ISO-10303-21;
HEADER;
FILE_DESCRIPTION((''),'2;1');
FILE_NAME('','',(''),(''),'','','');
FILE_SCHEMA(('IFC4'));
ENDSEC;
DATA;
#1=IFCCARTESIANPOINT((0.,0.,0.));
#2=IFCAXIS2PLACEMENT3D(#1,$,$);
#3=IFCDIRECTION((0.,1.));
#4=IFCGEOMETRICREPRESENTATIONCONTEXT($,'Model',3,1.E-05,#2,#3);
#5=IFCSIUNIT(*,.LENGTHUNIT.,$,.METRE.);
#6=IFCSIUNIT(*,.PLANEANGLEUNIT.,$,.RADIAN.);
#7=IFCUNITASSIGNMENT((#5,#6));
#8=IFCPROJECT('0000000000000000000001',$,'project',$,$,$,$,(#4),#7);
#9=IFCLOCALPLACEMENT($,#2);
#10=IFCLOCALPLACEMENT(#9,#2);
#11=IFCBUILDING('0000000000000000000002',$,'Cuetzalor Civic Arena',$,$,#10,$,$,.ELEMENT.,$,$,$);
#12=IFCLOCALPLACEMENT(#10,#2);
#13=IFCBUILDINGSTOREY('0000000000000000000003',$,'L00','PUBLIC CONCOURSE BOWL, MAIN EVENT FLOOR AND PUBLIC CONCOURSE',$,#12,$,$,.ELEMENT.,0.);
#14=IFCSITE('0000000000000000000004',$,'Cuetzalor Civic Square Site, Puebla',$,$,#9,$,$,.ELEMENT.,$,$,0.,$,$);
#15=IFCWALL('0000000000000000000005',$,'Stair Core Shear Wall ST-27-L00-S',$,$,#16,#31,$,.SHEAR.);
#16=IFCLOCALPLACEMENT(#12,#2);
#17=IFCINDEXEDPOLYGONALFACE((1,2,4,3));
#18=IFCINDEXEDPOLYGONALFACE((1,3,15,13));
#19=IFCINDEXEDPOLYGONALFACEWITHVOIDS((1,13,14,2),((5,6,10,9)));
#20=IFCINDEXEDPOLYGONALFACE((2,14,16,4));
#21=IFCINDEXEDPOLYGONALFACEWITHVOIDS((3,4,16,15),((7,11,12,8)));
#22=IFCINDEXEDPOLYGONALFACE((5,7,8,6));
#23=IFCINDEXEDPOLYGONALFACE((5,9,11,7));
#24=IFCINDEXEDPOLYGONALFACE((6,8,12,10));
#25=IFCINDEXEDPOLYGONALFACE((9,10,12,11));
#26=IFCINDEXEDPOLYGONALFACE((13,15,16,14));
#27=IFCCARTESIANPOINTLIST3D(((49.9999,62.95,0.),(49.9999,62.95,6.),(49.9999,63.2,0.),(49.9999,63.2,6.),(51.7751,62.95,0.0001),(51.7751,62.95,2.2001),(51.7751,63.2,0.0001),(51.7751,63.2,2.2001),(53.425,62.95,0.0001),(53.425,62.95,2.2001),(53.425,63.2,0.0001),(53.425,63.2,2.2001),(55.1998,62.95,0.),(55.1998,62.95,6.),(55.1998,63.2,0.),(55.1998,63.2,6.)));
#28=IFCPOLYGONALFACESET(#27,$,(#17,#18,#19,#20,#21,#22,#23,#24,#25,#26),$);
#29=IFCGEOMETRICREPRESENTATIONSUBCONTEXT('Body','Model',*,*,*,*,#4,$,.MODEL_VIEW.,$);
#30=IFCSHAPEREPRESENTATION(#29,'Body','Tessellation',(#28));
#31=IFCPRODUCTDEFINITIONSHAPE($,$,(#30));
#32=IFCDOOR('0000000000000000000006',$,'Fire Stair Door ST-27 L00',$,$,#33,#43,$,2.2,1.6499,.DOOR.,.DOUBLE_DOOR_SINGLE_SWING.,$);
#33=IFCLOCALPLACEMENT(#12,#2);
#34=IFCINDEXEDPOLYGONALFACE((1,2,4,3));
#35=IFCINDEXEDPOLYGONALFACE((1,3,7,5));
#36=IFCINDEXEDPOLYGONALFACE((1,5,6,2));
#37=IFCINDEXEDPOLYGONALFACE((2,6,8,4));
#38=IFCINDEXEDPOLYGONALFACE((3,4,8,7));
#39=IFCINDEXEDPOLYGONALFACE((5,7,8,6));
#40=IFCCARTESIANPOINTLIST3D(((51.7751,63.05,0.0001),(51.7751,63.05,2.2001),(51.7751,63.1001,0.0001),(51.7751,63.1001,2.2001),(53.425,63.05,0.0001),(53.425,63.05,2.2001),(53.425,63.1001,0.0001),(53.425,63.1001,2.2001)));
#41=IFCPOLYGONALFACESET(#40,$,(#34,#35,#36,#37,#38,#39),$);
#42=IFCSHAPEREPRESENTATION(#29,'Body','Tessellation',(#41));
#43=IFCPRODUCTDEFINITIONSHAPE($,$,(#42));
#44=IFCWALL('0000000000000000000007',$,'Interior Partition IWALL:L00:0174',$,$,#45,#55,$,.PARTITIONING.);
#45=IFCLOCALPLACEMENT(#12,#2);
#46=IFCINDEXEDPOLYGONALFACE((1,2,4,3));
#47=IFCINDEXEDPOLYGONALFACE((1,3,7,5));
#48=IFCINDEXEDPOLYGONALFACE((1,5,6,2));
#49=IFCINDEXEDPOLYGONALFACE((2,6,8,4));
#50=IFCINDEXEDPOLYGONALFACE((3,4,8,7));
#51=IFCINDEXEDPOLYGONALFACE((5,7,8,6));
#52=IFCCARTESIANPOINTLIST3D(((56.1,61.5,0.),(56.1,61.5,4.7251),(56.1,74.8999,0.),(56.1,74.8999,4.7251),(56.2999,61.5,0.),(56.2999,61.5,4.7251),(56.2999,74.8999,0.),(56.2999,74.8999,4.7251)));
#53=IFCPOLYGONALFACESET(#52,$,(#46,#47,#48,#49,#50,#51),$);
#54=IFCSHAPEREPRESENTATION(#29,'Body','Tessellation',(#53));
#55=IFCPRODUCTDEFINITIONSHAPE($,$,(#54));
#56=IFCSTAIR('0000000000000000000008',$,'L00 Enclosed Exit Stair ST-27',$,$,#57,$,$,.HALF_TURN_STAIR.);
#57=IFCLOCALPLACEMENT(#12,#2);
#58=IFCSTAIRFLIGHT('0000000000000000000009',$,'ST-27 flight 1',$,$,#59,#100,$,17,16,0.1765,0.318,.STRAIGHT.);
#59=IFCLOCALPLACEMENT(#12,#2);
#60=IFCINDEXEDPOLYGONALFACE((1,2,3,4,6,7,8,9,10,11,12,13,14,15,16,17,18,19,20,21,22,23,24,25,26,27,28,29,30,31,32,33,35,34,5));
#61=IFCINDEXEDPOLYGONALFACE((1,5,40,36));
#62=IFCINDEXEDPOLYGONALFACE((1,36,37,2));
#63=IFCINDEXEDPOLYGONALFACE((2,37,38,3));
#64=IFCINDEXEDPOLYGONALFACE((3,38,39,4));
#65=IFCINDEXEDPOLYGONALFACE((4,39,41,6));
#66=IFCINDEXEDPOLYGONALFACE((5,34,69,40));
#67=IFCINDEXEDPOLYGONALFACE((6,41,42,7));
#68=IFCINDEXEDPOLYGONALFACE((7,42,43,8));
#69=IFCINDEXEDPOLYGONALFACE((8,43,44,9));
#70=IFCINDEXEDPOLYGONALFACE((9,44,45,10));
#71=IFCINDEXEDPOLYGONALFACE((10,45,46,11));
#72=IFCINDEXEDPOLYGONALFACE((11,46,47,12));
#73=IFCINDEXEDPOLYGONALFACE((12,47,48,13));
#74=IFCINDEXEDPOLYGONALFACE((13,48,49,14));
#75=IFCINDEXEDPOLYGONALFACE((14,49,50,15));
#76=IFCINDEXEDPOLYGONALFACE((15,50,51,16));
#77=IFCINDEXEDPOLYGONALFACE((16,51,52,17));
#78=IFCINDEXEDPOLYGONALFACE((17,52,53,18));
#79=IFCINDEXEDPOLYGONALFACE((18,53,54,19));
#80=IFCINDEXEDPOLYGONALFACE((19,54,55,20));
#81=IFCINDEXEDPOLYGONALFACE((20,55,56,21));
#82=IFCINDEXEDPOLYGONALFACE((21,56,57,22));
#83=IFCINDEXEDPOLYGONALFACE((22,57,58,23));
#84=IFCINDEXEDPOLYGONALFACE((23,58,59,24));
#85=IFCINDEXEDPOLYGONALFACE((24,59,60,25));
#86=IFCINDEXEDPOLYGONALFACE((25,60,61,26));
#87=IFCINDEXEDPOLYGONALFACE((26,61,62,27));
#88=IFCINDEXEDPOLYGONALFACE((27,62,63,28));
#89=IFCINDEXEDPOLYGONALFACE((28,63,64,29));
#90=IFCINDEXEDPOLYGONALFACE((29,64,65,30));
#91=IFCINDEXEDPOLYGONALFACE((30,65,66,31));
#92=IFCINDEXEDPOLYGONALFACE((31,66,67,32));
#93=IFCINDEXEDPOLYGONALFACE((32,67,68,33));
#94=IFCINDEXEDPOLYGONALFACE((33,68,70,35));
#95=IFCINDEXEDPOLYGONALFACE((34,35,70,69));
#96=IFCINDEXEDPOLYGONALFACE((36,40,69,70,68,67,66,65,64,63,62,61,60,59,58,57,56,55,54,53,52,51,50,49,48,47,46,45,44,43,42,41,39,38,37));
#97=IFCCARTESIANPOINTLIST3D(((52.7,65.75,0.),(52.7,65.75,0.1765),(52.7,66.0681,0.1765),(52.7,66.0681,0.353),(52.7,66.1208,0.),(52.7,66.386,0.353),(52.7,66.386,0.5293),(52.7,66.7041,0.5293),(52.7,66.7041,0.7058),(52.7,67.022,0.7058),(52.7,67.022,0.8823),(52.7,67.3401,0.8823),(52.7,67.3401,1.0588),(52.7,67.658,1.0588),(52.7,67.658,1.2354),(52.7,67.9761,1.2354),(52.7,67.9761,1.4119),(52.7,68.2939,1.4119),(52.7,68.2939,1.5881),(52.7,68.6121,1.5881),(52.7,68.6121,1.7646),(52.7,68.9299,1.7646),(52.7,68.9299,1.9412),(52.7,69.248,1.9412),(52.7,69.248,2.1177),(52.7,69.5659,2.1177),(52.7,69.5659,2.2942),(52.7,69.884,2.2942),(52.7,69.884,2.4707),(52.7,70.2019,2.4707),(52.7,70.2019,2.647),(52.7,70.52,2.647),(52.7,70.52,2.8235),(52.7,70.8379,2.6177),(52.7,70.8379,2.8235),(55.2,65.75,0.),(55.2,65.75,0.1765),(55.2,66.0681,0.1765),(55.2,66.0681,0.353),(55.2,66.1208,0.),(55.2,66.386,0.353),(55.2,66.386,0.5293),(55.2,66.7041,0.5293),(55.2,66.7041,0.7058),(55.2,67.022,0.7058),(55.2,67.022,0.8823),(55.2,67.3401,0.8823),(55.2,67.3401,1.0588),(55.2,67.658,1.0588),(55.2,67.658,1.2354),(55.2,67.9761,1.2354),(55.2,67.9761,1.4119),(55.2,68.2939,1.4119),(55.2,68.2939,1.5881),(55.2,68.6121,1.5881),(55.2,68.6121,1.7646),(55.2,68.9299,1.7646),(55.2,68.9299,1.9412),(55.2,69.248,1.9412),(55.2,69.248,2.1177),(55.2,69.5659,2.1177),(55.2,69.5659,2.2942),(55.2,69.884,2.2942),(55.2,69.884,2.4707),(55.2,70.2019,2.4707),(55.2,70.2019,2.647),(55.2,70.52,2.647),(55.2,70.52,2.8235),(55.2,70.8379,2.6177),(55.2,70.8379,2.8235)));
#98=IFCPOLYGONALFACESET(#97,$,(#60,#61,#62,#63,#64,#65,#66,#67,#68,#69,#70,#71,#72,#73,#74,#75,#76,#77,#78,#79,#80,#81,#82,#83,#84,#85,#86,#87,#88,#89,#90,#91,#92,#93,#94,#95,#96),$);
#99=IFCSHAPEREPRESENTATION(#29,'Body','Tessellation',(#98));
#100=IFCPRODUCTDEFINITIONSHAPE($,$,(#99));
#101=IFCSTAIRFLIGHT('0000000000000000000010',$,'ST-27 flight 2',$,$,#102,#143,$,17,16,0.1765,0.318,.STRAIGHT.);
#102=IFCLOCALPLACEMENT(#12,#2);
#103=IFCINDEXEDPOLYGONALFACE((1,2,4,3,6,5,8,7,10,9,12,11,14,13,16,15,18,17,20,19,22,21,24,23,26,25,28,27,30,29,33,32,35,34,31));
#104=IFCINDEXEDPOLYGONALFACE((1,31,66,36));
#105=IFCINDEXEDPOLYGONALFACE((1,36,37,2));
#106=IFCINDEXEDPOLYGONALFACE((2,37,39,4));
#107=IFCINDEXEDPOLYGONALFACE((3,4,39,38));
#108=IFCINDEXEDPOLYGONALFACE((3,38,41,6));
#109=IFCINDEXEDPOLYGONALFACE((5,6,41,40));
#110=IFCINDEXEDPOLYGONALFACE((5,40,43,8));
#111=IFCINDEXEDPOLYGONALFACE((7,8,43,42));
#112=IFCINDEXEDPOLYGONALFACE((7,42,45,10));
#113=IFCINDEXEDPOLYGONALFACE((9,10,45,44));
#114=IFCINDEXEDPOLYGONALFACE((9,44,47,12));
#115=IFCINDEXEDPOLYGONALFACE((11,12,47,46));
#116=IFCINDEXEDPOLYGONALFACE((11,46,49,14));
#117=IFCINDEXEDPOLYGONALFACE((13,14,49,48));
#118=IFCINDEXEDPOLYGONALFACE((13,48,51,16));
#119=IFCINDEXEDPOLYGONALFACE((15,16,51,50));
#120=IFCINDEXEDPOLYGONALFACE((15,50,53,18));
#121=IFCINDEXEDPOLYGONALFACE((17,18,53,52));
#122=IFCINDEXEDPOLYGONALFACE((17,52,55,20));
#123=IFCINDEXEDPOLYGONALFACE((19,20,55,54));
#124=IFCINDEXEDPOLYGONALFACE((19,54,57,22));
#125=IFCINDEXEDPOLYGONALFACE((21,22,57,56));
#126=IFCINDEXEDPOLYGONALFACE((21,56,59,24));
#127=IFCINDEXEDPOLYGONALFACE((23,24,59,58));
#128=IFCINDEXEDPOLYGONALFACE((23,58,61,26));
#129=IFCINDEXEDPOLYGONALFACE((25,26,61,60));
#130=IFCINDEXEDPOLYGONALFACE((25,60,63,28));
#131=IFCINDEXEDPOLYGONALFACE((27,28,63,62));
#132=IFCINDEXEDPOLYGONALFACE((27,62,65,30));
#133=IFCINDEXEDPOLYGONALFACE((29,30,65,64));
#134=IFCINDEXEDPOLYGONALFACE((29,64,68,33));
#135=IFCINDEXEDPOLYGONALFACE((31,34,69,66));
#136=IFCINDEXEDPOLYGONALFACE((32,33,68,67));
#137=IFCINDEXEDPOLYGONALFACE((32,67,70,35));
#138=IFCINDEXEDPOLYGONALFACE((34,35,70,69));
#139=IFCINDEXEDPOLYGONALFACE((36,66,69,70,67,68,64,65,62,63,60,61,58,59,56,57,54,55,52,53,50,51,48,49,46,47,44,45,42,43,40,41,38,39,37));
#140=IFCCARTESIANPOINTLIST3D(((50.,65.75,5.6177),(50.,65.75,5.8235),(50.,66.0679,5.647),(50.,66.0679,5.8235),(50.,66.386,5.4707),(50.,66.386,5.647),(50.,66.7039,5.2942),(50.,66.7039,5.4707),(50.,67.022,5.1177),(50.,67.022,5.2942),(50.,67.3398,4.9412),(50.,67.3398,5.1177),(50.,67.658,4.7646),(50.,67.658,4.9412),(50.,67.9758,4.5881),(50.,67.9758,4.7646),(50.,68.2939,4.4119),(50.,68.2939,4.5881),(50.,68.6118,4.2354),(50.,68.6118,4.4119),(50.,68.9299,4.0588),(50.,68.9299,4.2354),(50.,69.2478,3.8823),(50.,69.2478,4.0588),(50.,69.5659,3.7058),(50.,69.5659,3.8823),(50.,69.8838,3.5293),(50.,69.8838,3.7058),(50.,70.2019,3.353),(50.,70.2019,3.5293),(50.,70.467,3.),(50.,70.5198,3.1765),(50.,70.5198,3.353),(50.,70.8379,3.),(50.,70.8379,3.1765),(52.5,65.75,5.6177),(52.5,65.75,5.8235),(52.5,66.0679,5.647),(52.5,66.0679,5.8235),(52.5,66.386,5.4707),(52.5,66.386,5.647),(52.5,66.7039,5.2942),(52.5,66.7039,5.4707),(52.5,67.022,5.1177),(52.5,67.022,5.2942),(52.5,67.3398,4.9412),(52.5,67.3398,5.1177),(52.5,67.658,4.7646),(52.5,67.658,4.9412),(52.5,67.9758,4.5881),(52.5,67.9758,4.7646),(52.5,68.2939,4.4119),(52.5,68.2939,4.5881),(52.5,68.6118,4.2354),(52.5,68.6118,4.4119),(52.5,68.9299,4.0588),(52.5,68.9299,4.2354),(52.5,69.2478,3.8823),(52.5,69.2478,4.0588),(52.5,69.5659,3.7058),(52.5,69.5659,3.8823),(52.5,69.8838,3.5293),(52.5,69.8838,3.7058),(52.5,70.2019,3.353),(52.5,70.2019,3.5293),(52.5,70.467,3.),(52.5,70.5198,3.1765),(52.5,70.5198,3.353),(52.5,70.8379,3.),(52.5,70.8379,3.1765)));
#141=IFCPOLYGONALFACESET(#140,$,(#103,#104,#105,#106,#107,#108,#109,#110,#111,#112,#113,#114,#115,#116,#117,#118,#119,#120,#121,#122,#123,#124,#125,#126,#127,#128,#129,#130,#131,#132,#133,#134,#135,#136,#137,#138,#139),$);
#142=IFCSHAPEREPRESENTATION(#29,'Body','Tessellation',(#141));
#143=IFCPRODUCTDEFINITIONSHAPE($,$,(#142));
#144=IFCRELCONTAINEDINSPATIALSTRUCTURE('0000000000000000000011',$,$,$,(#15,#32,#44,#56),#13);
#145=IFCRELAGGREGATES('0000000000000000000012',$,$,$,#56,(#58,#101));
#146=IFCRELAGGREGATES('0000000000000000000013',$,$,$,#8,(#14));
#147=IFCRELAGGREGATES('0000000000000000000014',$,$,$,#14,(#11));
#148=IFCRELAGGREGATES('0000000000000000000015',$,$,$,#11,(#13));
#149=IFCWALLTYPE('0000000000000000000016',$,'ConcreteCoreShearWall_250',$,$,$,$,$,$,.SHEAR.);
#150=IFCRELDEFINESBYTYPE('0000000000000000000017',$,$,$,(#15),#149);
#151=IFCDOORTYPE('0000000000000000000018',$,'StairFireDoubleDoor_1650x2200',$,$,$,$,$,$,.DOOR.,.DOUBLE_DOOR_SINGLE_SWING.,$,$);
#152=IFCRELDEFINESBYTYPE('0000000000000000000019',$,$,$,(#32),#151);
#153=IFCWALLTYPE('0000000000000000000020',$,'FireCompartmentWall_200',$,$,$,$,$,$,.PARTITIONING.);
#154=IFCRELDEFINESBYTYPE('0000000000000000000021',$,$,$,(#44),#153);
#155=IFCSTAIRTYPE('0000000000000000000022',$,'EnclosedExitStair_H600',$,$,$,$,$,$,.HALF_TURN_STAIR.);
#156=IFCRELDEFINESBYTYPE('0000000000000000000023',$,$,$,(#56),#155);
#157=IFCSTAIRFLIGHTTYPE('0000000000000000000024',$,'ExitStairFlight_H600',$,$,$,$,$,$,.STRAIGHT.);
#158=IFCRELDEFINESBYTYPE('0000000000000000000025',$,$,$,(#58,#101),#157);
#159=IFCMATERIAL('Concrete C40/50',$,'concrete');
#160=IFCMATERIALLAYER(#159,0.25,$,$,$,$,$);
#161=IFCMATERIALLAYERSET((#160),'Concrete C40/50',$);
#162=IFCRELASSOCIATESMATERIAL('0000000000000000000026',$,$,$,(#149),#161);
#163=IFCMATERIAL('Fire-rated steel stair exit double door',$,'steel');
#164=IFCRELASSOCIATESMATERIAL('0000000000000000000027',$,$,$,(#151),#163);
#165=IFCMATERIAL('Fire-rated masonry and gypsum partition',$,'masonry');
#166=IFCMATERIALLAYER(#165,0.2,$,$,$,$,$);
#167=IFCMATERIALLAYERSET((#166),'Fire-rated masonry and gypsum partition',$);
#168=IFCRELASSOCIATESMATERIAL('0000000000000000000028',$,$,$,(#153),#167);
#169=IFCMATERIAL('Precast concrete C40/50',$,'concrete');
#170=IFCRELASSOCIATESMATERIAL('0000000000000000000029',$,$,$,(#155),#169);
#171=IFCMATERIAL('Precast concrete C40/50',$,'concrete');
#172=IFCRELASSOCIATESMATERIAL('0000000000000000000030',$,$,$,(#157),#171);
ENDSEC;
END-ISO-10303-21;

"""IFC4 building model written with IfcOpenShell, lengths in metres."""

from ifc_helpers import new_model, si_unit, direction, frame, frame_2d, origin, place, context, subcontext, project, spatial, polyline, rectangle, outline, extrude, material, layer, layer_set, type_object, element, fill, aggregate, save


model = new_model("IFC4")

# Units and contexts
model_context = context("Model", 3, precision=1e-05, world=origin(), true_north=direction((0.0, 1.0)))
body_context = subcontext(model_context, "Body", "Model", "MODEL_VIEW")
ifc_project = project(units=[si_unit("LENGTHUNIT", "METRE"), si_unit("PLANEANGLEUNIT", "RADIAN")], contexts=[model_context])

# Site, building, storey
site_placement = place(None, origin())
site = spatial("IfcSite", under=ifc_project, at=site_placement, Name="Cuetzalor Civic Square Site, Puebla", CompositionType="ELEMENT", RefElevation=0.0)
building_placement = place(site_placement, origin())
building = spatial("IfcBuilding", under=site, at=building_placement, Name="Cuetzalor Civic Arena", CompositionType="ELEMENT")
storey_placement = place(building_placement, origin())
storey = spatial("IfcBuildingStorey", under=building, at=storey_placement, Name="L00", Description="PUBLIC CONCOURSE BOWL, MAIN EVENT FLOOR AND PUBLIC CONCOURSE", CompositionType="ELEMENT", Elevation=0.0)

# Shared definitions
ifc_material_1 = material(Name="Concrete C40/50", Category="concrete")
ifc_layer_1 = layer(ifc_material_1, 0.25)
ifc_layer_set_1 = layer_set([ifc_layer_1], Name="Concrete C40/50")
wall_type_1 = type_object("IfcWallType", Name="ConcreteCoreShearWall_250", PredefinedType="SHEAR", material=ifc_layer_set_1)

# Wall, opening, door
wall_1_placement = place(storey_placement, frame((55.2, 63.075, 0.0), z_axis=(0.0, 0.0, 1.0), x_axis=(-1.0, 0.0, 0.0)))
wall_1 = element("IfcWall", 1, at=wall_1_placement, inside=storey, type_object=wall_type_1, Name="Stair Core Shear Wall ST-27-L00-S", PredefinedType="SHEAR", context=body_context, shape_type="SweptSolid", body=[
    extrude(rectangle(XDim=5.2, YDim=0.25, at=frame_2d((2.6001, 0.0))), origin(), (0.0, 0.0, 1.0), 6.0),
])
opening_placement = place(wall_1_placement, frame((1.7749, 0.0, 0.0)))
opening = element("IfcOpeningElement", 2, at=opening_placement, cuts=wall_1, PredefinedType="OPENING", context=body_context, shape_type="SweptSolid", body=[
    extrude(rectangle(XDim=1.6499, YDim=2.2, at=frame_2d((0.825, 1.1001))), frame((0.0, 0.135, 0.0), z_axis=(0.0, -1.0, 0.0), x_axis=(1.0, 0.0, 0.0)), (0.0, 0.0, 1.0), 0.27),
])
ifc_material_2 = material(Name="Fire-rated steel stair exit double door", Category="steel")
door_type = type_object("IfcDoorType", Name="StairFireDoubleDoor_1650x2200", OperationType="DOUBLE_DOOR_SINGLE_SWING", PredefinedType="DOOR", material=ifc_material_2)
door_placement = place(opening_placement, origin())
door = element("IfcDoor", 3, at=door_placement, inside=storey, type_object=door_type, Name="Fire Stair Door ST-27 L00", OperationType="DOUBLE_DOOR_SINGLE_SWING", OverallHeight=2.2, OverallWidth=1.6499, PredefinedType="DOOR", context=body_context, shape_type="SweptSolid", body=[
    extrude(rectangle(XDim=1.6499, YDim=2.2, at=frame_2d((0.825, 1.1001))), frame((0.0, 0.0249, 0.0), z_axis=(0.0, -1.0, 0.0), x_axis=(1.0, 0.0, 0.0)), (0.0, 0.0, 1.0), 0.05),
])
fill(opening, door)

# Wall
ifc_material_3 = material(Name="Fire-rated masonry and gypsum partition", Category="masonry")
ifc_layer_2 = layer(ifc_material_3, 0.2)
ifc_layer_set_2 = layer_set([ifc_layer_2], Name="Fire-rated masonry and gypsum partition")
wall_type_2 = type_object("IfcWallType", Name="FireCompartmentWall_200", PredefinedType="PARTITIONING", material=ifc_layer_set_2)
wall_2_placement = place(storey_placement, frame((56.2, 61.5, 0.0), z_axis=(0.0, 0.0, 1.0), x_axis=(0.0, 1.0, 0.0)))
element("IfcWall", 4, at=wall_2_placement, inside=storey, type_object=wall_type_2, Name="Interior Partition IWALL:L00:0174", PredefinedType="PARTITIONING", context=body_context, shape_type="SweptSolid", body=[
    extrude(rectangle(XDim=13.3999, YDim=0.2, at=frame_2d((6.7, 0.0))), origin(), (0.0, 0.0, 1.0), 4.7251),
])

# Stair, stair flights
ifc_material_4 = material(Name="Precast concrete C40/50", Category="concrete")
stair_type = type_object("IfcStairType", Name="EnclosedExitStair_H600", PredefinedType="HALF_TURN_STAIR", material=ifc_material_4)
stair_placement = place(storey_placement, origin())
stair = element("IfcStair", 5, at=stair_placement, inside=storey, type_object=stair_type, Name="L00 Enclosed Exit Stair ST-27", PredefinedType="HALF_TURN_STAIR")
ifc_material_5 = material(Name="Precast concrete C40/50", Category="concrete")
stair_flight_type = type_object("IfcStairFlightType", Name="ExitStairFlight_H600", PredefinedType="STRAIGHT", material=ifc_material_5)
stair_flight_1_placement = place(storey_placement, frame((53.95, 65.75, 0.0), z_axis=(0.0, 0.0, 1.0), x_axis=(0.0, 1.0, 0.0)))
stair_flight_1 = element("IfcStairFlight", 6, at=stair_flight_1_placement, type_object=stair_flight_type, Name="ST-27 flight 1", NumberOfRisers=17, NumberOfTreads=16, PredefinedType="STRAIGHT", RiserHeight=0.1765, TreadLength=0.318, context=body_context, shape_type="SweptSolid", body=[
    extrude(outline(polyline([(0.0, 0.0), (0.0, 0.1765), (0.3181, 0.1765), (0.3181, 0.353), (0.636, 0.353), (0.636, 0.5293), (0.9541, 0.5293), (0.9541, 0.7058), (1.272, 0.7058), (1.272, 0.8823), (1.5901, 0.8823), (1.5901, 1.0588), (1.908, 1.0588), (1.908, 1.2354), (2.2261, 1.2354), (2.2261, 1.4119), (2.5439, 1.4119), (2.5439, 1.5881), (2.8621, 1.5881), (2.8621, 1.7646), (3.1799, 1.7646), (3.1799, 1.9412), (3.498, 1.9412), (3.498, 2.1177), (3.8159, 2.1177), (3.8159, 2.2942), (4.134, 2.2942), (4.134, 2.4707), (4.4519, 2.4707), (4.4519, 2.647), (4.77, 2.647), (4.77, 2.8235), (5.0879, 2.8235), (5.0879, 3.0), (5.0879, 2.6177), (0.3708, 0.0), (0.0, 0.0)])), frame((0.0, 1.25, 0.0), z_axis=(0.0, -1.0, 0.0), x_axis=(1.0, 0.0, 0.0)), (0.0, 0.0, 1.0), 2.5),
])
stair_flight_2_placement = place(storey_placement, frame((51.25, 70.8379, 3.0), z_axis=(0.0, 0.0, 1.0), x_axis=(0.0, -1.0, 0.0)))
stair_flight_2 = element("IfcStairFlight", 7, at=stair_flight_2_placement, type_object=stair_flight_type, Name="ST-27 flight 2", NumberOfRisers=17, NumberOfTreads=16, PredefinedType="STRAIGHT", RiserHeight=0.1765, TreadLength=0.318, context=body_context, shape_type="SweptSolid", body=[
    extrude(outline(polyline([(0.0, 0.0), (0.0, 0.1765), (0.3181, 0.1765), (0.3181, 0.353), (0.636, 0.353), (0.636, 0.5293), (0.9541, 0.5293), (0.9541, 0.7058), (1.272, 0.7058), (1.272, 0.8823), (1.5901, 0.8823), (1.5901, 1.0588), (1.908, 1.0588), (1.908, 1.2354), (2.2261, 1.2354), (2.2261, 1.4119), (2.5439, 1.4119), (2.5439, 1.5881), (2.8621, 1.5881), (2.8621, 1.7646), (3.1799, 1.7646), (3.1799, 1.9412), (3.498, 1.9412), (3.498, 2.1177), (3.8159, 2.1177), (3.8159, 2.2942), (4.134, 2.2942), (4.134, 2.4707), (4.4519, 2.4707), (4.4519, 2.647), (4.77, 2.647), (4.77, 2.8235), (5.0879, 2.8235), (5.0879, 3.0), (5.0879, 2.6177), (0.3708, 0.0), (0.0, 0.0)])), frame((0.0, 1.25, 0.0), z_axis=(0.0, -1.0, 0.0), x_axis=(1.0, 0.0, 0.0)), (0.0, 0.0, 1.0), 2.5),
])
aggregate(stair, [stair_flight_1, stair_flight_2])

save(model, "model.ifc")
